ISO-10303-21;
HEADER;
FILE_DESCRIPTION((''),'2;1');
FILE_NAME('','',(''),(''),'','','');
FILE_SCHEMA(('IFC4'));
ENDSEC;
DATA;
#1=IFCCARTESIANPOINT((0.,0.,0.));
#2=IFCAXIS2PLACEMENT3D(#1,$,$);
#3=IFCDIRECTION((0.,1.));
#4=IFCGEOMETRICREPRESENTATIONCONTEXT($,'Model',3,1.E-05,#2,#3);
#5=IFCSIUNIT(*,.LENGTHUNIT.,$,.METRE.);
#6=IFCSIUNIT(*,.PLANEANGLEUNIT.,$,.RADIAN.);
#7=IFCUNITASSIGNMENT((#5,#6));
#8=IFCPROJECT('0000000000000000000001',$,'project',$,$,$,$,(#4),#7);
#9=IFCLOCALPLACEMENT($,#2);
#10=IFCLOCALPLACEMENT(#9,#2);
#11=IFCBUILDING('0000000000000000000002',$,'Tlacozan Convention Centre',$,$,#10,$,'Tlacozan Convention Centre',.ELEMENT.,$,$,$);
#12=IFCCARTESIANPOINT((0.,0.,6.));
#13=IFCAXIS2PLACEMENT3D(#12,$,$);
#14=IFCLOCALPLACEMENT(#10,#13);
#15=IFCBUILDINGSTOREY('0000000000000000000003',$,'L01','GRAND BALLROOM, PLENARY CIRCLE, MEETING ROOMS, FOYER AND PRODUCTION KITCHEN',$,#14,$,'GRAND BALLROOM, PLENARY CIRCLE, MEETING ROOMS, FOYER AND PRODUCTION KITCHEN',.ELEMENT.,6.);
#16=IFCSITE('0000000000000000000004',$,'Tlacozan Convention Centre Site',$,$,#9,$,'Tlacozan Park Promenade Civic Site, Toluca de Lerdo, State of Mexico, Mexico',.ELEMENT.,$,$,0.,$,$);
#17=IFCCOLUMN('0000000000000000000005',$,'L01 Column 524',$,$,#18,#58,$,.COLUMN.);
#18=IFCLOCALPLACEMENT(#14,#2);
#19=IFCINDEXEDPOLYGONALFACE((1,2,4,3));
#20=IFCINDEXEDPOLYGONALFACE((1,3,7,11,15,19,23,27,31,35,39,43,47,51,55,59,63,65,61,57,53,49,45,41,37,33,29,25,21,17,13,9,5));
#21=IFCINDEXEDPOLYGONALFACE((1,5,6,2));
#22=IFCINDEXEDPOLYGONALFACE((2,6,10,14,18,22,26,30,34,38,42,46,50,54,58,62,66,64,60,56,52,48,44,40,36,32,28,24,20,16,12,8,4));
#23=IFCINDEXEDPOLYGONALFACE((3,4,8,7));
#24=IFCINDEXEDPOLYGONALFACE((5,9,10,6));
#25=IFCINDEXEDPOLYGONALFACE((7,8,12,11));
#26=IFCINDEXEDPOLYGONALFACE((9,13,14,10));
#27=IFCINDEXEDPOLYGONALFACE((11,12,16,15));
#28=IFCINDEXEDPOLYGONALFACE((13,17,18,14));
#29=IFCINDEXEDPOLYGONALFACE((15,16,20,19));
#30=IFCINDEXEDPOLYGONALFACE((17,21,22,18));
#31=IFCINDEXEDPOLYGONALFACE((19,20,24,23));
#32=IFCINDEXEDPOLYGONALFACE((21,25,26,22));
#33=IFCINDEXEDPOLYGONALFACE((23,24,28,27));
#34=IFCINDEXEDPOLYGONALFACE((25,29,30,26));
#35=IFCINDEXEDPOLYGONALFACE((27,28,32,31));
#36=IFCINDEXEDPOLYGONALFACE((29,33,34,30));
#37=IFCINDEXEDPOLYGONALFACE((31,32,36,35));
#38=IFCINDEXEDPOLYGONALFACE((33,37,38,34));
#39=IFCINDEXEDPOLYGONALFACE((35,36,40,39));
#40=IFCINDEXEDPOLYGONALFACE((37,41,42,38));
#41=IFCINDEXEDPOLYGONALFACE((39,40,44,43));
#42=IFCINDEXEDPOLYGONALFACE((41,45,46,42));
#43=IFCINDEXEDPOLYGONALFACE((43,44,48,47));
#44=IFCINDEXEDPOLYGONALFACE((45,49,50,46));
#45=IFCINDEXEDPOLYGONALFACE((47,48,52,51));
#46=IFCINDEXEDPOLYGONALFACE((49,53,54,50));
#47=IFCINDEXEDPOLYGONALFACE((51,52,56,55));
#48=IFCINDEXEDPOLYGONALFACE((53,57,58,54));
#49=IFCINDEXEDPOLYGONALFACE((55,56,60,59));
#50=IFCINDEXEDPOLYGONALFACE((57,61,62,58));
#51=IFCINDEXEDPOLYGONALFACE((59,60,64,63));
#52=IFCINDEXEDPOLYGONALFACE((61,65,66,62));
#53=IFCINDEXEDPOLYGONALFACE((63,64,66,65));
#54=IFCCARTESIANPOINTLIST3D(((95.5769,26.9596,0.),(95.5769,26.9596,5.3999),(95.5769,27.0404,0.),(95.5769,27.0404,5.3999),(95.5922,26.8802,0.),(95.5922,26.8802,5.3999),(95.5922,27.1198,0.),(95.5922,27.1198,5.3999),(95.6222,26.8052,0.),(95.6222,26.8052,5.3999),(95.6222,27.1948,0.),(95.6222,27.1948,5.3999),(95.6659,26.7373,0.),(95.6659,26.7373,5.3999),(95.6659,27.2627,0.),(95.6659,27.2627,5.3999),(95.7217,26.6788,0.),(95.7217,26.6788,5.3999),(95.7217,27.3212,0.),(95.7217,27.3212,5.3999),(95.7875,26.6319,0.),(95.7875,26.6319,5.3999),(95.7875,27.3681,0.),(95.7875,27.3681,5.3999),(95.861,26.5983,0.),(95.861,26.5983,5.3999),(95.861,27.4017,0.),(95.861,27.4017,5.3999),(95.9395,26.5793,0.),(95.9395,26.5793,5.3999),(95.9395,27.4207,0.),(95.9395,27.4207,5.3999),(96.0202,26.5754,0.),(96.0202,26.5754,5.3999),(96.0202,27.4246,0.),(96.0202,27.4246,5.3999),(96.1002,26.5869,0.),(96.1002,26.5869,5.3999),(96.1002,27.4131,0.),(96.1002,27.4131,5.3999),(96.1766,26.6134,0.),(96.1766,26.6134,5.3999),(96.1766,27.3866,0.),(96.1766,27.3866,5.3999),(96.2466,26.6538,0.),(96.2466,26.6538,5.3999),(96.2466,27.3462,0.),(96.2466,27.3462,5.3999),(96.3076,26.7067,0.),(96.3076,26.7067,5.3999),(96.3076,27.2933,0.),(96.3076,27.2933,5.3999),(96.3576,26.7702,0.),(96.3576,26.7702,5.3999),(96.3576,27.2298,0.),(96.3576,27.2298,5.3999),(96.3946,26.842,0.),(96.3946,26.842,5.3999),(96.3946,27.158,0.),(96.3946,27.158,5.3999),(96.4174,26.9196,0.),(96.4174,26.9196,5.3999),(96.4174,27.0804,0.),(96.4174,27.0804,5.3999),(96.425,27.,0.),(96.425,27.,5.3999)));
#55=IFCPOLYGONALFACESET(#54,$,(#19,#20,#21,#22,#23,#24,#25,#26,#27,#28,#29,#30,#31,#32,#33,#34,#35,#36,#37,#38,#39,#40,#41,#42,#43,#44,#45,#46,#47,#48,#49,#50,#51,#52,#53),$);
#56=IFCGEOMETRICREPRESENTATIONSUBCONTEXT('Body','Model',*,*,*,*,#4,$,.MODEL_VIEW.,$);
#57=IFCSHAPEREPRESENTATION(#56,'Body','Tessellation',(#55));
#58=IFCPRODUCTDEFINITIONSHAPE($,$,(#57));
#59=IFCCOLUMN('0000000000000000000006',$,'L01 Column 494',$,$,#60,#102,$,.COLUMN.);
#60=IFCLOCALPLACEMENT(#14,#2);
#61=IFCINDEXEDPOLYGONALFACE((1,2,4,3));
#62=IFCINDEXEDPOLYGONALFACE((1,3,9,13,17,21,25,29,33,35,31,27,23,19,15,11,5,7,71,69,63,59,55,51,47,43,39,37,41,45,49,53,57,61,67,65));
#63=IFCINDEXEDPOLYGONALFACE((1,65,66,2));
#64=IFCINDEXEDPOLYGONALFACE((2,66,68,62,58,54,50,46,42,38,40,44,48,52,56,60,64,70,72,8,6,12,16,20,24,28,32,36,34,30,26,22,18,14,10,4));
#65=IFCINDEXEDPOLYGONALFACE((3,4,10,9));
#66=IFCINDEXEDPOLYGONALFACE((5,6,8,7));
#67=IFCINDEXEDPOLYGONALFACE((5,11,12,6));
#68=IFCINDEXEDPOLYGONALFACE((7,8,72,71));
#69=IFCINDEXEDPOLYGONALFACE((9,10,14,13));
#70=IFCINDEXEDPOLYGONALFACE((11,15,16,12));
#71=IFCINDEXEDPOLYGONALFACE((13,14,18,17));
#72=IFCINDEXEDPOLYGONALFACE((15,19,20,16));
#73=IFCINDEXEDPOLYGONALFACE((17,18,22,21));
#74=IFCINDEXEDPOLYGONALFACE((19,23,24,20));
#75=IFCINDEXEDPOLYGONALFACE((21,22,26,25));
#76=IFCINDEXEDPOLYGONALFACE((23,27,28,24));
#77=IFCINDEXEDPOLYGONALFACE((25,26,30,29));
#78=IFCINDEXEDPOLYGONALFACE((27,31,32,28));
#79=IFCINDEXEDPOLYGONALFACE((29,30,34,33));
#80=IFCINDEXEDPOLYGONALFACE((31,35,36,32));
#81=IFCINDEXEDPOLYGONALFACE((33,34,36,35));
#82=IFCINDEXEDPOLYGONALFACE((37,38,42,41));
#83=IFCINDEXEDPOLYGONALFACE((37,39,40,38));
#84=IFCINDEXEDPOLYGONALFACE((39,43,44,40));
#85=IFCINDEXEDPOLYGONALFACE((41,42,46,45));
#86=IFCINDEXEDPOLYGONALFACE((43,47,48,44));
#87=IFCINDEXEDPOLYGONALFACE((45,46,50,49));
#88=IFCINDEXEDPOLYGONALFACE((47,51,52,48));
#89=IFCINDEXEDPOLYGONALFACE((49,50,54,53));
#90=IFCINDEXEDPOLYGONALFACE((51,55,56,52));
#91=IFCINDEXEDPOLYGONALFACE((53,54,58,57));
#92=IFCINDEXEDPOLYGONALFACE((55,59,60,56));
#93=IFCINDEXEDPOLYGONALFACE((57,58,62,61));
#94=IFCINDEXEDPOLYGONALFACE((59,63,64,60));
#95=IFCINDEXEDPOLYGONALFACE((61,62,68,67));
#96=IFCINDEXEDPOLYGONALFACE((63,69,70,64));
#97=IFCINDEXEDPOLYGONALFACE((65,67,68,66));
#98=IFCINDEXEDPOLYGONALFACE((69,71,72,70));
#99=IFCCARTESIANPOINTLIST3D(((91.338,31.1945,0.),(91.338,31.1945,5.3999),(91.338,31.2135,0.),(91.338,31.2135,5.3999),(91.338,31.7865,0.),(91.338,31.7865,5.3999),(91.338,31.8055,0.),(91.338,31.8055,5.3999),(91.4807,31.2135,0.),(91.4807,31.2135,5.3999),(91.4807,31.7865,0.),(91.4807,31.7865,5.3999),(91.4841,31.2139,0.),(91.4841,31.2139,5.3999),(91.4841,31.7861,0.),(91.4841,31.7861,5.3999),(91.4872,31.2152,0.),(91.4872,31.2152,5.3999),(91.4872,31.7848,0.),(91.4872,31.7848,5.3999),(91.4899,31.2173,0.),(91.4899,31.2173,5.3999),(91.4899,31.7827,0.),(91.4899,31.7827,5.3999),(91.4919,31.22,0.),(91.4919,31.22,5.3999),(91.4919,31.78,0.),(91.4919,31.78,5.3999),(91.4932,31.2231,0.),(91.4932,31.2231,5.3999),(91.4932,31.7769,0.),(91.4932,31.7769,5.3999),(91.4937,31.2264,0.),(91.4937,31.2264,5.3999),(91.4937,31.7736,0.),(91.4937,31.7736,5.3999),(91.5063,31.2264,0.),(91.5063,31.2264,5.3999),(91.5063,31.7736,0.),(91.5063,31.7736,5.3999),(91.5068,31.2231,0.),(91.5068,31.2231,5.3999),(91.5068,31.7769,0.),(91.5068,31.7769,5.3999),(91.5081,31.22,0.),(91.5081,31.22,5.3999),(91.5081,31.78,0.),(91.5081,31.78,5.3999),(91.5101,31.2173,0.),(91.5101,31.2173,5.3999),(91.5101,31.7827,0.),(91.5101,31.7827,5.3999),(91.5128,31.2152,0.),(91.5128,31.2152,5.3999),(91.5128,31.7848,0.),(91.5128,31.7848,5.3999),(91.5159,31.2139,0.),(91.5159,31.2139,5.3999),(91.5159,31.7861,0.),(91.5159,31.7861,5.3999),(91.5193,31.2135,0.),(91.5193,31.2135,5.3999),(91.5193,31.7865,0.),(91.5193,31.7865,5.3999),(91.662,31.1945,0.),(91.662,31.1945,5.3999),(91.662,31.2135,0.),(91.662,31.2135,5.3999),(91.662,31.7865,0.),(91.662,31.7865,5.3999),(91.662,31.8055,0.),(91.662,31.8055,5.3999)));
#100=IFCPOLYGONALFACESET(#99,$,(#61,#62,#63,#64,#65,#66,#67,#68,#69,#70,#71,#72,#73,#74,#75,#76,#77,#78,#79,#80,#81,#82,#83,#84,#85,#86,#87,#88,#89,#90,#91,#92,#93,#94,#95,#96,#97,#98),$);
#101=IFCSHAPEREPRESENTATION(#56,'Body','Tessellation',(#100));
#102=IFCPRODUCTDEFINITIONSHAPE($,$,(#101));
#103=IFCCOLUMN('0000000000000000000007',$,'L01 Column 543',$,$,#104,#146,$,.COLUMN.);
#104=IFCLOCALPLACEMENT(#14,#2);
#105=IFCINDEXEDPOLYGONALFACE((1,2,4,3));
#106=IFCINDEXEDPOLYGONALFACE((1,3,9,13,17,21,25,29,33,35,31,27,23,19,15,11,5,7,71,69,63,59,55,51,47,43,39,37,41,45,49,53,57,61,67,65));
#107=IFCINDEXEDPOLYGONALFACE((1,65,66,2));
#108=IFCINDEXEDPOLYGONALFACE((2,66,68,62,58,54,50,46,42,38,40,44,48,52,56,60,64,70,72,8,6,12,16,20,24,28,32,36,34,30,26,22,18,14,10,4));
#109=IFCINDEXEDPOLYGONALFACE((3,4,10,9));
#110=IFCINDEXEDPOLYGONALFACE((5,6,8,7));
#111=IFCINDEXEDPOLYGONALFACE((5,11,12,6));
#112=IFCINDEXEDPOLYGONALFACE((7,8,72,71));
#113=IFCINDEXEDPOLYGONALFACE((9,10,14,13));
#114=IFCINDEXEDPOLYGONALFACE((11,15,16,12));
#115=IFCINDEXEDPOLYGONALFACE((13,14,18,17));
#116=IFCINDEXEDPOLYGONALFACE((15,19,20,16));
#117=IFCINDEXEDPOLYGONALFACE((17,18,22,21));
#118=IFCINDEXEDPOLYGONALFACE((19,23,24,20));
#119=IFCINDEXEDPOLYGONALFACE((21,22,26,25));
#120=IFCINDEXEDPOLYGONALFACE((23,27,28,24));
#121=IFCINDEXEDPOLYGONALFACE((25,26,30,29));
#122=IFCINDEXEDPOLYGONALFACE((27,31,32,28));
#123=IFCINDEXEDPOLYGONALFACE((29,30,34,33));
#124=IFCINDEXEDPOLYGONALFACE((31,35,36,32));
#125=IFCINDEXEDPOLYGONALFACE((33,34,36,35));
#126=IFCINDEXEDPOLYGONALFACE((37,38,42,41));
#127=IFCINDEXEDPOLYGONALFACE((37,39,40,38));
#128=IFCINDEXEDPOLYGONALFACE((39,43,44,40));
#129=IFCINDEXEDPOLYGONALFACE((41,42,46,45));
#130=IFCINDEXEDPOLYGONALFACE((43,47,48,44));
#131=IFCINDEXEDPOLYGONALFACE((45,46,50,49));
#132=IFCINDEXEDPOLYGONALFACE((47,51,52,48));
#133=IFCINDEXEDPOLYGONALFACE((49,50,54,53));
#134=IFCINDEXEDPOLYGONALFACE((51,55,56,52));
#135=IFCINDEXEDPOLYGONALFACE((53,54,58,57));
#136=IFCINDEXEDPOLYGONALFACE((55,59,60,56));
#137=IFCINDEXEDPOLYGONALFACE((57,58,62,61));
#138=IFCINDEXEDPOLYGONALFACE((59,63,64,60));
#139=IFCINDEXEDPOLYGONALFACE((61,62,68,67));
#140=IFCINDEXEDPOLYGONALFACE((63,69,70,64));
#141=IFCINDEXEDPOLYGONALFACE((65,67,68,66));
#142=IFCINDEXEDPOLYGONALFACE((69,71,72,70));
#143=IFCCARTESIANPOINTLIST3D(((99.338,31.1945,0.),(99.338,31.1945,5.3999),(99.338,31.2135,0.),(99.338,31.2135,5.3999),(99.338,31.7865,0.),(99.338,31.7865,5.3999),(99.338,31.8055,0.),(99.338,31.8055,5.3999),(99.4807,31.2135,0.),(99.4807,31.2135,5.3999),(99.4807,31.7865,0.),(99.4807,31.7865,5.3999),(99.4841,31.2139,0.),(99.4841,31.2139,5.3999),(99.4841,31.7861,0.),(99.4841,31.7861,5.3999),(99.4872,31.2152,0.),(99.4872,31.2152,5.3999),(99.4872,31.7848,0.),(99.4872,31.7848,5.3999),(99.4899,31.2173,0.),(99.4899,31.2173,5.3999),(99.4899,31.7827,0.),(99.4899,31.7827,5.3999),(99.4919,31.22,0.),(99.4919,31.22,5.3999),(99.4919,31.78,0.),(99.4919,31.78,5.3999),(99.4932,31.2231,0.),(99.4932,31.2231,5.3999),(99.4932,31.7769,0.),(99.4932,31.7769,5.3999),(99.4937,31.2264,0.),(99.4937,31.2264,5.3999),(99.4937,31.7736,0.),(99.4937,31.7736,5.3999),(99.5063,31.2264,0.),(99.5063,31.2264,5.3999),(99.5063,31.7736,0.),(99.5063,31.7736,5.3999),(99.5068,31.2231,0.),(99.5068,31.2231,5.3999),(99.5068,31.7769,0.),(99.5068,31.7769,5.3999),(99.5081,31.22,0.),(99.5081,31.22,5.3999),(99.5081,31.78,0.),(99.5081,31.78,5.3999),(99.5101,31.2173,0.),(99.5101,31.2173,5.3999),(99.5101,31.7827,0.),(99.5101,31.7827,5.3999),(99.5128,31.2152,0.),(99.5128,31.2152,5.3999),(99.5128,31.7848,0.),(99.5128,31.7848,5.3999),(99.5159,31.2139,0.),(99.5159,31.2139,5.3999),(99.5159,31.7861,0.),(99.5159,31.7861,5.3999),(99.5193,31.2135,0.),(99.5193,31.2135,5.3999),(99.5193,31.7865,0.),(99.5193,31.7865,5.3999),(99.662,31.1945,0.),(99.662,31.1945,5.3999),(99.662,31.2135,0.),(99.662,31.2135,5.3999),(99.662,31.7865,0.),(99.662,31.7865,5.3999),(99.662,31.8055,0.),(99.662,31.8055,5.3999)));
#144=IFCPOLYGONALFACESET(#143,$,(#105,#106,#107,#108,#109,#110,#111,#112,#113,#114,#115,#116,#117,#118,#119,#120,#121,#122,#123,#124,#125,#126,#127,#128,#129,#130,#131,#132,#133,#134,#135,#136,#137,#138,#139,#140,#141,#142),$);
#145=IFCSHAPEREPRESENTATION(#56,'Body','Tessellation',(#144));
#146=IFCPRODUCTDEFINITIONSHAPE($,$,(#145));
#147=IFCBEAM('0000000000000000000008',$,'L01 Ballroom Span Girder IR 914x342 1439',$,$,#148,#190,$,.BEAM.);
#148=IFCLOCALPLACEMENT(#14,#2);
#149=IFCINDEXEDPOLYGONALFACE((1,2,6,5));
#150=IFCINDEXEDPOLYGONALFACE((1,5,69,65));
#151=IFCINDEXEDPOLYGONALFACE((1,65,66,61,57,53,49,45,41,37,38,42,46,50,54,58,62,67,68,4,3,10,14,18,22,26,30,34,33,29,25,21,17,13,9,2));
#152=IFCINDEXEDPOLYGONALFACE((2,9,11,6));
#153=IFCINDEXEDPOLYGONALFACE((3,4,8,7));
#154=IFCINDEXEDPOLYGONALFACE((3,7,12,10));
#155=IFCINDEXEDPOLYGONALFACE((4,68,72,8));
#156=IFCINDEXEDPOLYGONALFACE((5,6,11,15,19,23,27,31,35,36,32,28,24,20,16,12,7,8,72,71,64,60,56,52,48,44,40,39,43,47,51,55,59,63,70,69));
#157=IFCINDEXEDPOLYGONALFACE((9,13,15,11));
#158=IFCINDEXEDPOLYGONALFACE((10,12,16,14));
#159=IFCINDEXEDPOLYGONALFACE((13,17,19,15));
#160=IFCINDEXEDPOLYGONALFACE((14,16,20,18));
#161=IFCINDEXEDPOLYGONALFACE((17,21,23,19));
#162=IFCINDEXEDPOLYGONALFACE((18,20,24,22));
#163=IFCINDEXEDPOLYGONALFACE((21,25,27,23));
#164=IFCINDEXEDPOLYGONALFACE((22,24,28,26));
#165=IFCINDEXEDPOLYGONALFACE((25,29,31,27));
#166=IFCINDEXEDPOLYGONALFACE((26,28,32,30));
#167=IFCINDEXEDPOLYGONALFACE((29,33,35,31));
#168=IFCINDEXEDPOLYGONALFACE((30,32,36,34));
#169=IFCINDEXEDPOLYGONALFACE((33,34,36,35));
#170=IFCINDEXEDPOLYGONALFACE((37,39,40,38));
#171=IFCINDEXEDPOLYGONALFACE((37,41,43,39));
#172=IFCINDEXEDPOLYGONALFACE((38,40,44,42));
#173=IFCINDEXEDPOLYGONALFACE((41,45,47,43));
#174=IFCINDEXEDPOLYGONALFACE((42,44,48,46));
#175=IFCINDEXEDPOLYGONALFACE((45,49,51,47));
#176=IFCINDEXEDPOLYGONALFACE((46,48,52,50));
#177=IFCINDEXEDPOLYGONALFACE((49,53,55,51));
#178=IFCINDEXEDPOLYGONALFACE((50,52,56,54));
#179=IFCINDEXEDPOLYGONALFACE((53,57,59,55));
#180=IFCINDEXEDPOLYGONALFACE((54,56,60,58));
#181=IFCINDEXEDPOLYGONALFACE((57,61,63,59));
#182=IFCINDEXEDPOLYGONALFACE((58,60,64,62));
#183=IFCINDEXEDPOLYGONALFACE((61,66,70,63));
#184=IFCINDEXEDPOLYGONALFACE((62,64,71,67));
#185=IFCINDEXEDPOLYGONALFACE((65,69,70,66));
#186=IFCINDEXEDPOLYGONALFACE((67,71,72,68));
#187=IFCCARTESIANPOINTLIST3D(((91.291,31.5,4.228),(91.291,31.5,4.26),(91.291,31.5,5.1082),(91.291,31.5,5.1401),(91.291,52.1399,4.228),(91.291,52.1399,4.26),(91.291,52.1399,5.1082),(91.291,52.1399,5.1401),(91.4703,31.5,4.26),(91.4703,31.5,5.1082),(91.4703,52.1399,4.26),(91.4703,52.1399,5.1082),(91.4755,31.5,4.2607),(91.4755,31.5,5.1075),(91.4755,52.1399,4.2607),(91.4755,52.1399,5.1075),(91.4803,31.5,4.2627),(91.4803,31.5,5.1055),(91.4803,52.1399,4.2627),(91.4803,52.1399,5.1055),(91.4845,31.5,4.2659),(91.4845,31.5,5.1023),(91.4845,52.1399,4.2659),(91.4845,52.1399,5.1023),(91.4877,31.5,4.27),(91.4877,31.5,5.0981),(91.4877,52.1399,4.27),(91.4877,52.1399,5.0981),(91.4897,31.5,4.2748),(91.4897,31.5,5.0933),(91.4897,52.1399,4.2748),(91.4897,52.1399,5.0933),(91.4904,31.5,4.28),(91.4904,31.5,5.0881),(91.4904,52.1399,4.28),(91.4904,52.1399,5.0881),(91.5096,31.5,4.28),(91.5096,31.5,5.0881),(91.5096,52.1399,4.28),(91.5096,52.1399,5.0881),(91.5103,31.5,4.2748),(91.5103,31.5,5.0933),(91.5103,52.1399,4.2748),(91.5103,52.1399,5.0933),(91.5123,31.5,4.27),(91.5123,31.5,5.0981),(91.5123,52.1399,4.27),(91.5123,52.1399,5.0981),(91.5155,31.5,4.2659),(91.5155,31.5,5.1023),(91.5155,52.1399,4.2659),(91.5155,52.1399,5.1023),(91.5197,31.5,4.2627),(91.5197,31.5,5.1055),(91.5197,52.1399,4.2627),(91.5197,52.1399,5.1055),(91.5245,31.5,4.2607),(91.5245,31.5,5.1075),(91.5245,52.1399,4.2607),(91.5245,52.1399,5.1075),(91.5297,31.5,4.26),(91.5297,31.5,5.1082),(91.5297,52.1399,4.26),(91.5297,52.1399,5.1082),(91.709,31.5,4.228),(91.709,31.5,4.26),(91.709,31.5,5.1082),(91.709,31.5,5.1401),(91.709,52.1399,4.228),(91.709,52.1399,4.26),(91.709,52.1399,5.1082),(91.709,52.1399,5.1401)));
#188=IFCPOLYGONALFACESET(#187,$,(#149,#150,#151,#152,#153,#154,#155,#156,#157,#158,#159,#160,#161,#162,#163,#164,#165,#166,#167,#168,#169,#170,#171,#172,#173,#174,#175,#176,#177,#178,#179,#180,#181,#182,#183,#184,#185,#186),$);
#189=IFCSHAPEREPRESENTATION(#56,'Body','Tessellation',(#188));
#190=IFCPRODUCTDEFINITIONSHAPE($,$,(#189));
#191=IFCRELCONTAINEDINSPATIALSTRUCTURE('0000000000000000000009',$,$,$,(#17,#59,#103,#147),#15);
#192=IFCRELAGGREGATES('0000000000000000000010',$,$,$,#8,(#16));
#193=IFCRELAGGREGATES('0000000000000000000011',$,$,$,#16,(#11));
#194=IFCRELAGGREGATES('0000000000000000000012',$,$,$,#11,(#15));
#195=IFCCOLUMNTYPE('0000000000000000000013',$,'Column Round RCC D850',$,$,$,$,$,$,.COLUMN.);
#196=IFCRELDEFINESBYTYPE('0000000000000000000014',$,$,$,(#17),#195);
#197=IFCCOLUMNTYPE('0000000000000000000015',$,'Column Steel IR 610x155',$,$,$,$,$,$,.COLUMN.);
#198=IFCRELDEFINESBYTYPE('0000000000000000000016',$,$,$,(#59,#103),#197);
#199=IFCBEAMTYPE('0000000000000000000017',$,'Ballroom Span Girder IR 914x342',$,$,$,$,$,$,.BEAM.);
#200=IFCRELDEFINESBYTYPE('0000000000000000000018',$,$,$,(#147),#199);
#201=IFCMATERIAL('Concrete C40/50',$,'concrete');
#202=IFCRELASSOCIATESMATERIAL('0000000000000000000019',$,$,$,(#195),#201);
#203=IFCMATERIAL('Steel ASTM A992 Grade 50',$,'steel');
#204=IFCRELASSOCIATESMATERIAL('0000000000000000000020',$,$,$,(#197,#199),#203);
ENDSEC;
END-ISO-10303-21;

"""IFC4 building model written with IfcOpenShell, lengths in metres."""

from ifc_helpers import new_model, si_unit, direction, frame, origin, origin_2d, place, context, subcontext, project, spatial, circle, i_section, extrude, material, material_profile, profile_set, type_object, element, save


model = new_model("IFC4")

# Units and contexts
model_context = context("Model", 3, precision=1e-05, world=origin(), true_north=direction((0.0, 1.0)))
body_context = subcontext(model_context, "Body", "Model", "MODEL_VIEW")
ifc_project = project(units=[si_unit("LENGTHUNIT", "METRE"), si_unit("PLANEANGLEUNIT", "RADIAN")], contexts=[model_context])

# Site, building, storey
site_placement = place(None, origin())
site = spatial("IfcSite", under=ifc_project, at=site_placement, Name="Tlacozan Convention Centre Site", LongName="Tlacozan Park Promenade Civic Site, Toluca de Lerdo, State of Mexico, Mexico", CompositionType="ELEMENT", RefElevation=0.0)
building_placement = place(site_placement, origin())
building = spatial("IfcBuilding", under=site, at=building_placement, Name="Tlacozan Convention Centre", LongName="Tlacozan Convention Centre", CompositionType="ELEMENT")
storey_placement = place(building_placement, frame((0.0, 0.0, 6.0)))
storey = spatial("IfcBuildingStorey", under=building, at=storey_placement, Name="L01", Description="GRAND BALLROOM, PLENARY CIRCLE, MEETING ROOMS, FOYER AND PRODUCTION KITCHEN", LongName="GRAND BALLROOM, PLENARY CIRCLE, MEETING ROOMS, FOYER AND PRODUCTION KITCHEN", CompositionType="ELEMENT", Elevation=6.0)

# Columns
ifc_material_1 = material(Name="Concrete C40/50", Category="concrete")
ifc_material_profile_1 = material_profile(ifc_material_1, circle(Radius=0.425, at=origin_2d()), Name="RCC D850")
ifc_profile_set_1 = profile_set([ifc_material_profile_1], Name="Concrete C40/50")
column_type_1 = type_object("IfcColumnType", Name="Column Round RCC D850", PredefinedType="COLUMN", material=ifc_profile_set_1)
column_placement = place(storey_placement, frame((96.0, 27.0, 0.0), z_axis=(0.0, 0.0, 1.0), x_axis=(1.0, 0.0, 0.0)))
element("IfcColumn", 1, at=column_placement, inside=storey, type_object=column_type_1, Name="L01 Column 524", PredefinedType="COLUMN", context=body_context, shape_type="SweptSolid", body=[
    extrude(circle(Radius=0.425, at=origin_2d()), origin(), (0.0, 0.0, 1.0), 5.3999),
])
ifc_material_2 = material(Name="Steel ASTM A992 Grade 50", Category="steel")
ifc_material_profile_2 = material_profile(ifc_material_2, i_section(OverallWidth=0.324, OverallDepth=0.6111, WebThickness=0.0127, FlangeThickness=0.019, FilletRadius=0.0129, at=origin_2d()), Name="IR 610x155.0")
ifc_profile_set_2 = profile_set([ifc_material_profile_2], Name="Steel ASTM A992 Grade 50")
column_type_2 = type_object("IfcColumnType", Name="Column Steel IR 610x155", PredefinedType="COLUMN", material=ifc_profile_set_2)
for number, where, z_axis, x_axis, name in (
    (2, (91.5, 31.5, 0.0), (0.0, 0.0, 1.0), (1.0, 0.0, 0.0), "L01 Column 494"),
    (3, (99.5, 31.5, 0.0), (0.0, 0.0, 1.0), (1.0, 0.0, 0.0), "L01 Column 543"),
):
    element("IfcColumn", number, at=place(storey_placement, frame(where, z_axis=z_axis, x_axis=x_axis)), inside=storey, type_object=column_type_2, Name=name, PredefinedType="COLUMN", context=body_context, shape_type="SweptSolid", body=[
        extrude(i_section(OverallWidth=0.324, OverallDepth=0.6111, WebThickness=0.0127, FlangeThickness=0.019, FilletRadius=0.0129, at=origin_2d()), origin(), (0.0, 0.0, 1.0), 5.3999),
    ])

# Beam
ifc_material_profile_3 = material_profile(ifc_material_2, i_section(OverallWidth=0.418, OverallDepth=0.9121, WebThickness=0.0193, FlangeThickness=0.032, FilletRadius=0.02, at=origin_2d()), Name="IR 914x342.0")
ifc_profile_set_3 = profile_set([ifc_material_profile_3], Name="Steel ASTM A992 Grade 50")
beam_type_1 = type_object("IfcBeamType", Name="Ballroom Span Girder IR 914x342", PredefinedType="BEAM", material=ifc_profile_set_3)
beam_1_placement = place(storey_placement, frame((91.5, 31.5, 4.6841), z_axis=(0.0, 1.0, 0.0), x_axis=(-1.0, 0.0, 0.0)))
element("IfcBeam", 4, at=beam_1_placement, inside=storey, type_object=beam_type_1, Name="L01 Ballroom Span Girder IR 914x342 1439", PredefinedType="BEAM", context=body_context, shape_type="SweptSolid", body=[
    extrude(i_section(OverallWidth=0.418, OverallDepth=0.9121, WebThickness=0.0193, FlangeThickness=0.032, FilletRadius=0.02, at=origin_2d()), origin(), (0.0, 0.0, 1.0), 20.6399),
])

save(model, "model.ifc")
